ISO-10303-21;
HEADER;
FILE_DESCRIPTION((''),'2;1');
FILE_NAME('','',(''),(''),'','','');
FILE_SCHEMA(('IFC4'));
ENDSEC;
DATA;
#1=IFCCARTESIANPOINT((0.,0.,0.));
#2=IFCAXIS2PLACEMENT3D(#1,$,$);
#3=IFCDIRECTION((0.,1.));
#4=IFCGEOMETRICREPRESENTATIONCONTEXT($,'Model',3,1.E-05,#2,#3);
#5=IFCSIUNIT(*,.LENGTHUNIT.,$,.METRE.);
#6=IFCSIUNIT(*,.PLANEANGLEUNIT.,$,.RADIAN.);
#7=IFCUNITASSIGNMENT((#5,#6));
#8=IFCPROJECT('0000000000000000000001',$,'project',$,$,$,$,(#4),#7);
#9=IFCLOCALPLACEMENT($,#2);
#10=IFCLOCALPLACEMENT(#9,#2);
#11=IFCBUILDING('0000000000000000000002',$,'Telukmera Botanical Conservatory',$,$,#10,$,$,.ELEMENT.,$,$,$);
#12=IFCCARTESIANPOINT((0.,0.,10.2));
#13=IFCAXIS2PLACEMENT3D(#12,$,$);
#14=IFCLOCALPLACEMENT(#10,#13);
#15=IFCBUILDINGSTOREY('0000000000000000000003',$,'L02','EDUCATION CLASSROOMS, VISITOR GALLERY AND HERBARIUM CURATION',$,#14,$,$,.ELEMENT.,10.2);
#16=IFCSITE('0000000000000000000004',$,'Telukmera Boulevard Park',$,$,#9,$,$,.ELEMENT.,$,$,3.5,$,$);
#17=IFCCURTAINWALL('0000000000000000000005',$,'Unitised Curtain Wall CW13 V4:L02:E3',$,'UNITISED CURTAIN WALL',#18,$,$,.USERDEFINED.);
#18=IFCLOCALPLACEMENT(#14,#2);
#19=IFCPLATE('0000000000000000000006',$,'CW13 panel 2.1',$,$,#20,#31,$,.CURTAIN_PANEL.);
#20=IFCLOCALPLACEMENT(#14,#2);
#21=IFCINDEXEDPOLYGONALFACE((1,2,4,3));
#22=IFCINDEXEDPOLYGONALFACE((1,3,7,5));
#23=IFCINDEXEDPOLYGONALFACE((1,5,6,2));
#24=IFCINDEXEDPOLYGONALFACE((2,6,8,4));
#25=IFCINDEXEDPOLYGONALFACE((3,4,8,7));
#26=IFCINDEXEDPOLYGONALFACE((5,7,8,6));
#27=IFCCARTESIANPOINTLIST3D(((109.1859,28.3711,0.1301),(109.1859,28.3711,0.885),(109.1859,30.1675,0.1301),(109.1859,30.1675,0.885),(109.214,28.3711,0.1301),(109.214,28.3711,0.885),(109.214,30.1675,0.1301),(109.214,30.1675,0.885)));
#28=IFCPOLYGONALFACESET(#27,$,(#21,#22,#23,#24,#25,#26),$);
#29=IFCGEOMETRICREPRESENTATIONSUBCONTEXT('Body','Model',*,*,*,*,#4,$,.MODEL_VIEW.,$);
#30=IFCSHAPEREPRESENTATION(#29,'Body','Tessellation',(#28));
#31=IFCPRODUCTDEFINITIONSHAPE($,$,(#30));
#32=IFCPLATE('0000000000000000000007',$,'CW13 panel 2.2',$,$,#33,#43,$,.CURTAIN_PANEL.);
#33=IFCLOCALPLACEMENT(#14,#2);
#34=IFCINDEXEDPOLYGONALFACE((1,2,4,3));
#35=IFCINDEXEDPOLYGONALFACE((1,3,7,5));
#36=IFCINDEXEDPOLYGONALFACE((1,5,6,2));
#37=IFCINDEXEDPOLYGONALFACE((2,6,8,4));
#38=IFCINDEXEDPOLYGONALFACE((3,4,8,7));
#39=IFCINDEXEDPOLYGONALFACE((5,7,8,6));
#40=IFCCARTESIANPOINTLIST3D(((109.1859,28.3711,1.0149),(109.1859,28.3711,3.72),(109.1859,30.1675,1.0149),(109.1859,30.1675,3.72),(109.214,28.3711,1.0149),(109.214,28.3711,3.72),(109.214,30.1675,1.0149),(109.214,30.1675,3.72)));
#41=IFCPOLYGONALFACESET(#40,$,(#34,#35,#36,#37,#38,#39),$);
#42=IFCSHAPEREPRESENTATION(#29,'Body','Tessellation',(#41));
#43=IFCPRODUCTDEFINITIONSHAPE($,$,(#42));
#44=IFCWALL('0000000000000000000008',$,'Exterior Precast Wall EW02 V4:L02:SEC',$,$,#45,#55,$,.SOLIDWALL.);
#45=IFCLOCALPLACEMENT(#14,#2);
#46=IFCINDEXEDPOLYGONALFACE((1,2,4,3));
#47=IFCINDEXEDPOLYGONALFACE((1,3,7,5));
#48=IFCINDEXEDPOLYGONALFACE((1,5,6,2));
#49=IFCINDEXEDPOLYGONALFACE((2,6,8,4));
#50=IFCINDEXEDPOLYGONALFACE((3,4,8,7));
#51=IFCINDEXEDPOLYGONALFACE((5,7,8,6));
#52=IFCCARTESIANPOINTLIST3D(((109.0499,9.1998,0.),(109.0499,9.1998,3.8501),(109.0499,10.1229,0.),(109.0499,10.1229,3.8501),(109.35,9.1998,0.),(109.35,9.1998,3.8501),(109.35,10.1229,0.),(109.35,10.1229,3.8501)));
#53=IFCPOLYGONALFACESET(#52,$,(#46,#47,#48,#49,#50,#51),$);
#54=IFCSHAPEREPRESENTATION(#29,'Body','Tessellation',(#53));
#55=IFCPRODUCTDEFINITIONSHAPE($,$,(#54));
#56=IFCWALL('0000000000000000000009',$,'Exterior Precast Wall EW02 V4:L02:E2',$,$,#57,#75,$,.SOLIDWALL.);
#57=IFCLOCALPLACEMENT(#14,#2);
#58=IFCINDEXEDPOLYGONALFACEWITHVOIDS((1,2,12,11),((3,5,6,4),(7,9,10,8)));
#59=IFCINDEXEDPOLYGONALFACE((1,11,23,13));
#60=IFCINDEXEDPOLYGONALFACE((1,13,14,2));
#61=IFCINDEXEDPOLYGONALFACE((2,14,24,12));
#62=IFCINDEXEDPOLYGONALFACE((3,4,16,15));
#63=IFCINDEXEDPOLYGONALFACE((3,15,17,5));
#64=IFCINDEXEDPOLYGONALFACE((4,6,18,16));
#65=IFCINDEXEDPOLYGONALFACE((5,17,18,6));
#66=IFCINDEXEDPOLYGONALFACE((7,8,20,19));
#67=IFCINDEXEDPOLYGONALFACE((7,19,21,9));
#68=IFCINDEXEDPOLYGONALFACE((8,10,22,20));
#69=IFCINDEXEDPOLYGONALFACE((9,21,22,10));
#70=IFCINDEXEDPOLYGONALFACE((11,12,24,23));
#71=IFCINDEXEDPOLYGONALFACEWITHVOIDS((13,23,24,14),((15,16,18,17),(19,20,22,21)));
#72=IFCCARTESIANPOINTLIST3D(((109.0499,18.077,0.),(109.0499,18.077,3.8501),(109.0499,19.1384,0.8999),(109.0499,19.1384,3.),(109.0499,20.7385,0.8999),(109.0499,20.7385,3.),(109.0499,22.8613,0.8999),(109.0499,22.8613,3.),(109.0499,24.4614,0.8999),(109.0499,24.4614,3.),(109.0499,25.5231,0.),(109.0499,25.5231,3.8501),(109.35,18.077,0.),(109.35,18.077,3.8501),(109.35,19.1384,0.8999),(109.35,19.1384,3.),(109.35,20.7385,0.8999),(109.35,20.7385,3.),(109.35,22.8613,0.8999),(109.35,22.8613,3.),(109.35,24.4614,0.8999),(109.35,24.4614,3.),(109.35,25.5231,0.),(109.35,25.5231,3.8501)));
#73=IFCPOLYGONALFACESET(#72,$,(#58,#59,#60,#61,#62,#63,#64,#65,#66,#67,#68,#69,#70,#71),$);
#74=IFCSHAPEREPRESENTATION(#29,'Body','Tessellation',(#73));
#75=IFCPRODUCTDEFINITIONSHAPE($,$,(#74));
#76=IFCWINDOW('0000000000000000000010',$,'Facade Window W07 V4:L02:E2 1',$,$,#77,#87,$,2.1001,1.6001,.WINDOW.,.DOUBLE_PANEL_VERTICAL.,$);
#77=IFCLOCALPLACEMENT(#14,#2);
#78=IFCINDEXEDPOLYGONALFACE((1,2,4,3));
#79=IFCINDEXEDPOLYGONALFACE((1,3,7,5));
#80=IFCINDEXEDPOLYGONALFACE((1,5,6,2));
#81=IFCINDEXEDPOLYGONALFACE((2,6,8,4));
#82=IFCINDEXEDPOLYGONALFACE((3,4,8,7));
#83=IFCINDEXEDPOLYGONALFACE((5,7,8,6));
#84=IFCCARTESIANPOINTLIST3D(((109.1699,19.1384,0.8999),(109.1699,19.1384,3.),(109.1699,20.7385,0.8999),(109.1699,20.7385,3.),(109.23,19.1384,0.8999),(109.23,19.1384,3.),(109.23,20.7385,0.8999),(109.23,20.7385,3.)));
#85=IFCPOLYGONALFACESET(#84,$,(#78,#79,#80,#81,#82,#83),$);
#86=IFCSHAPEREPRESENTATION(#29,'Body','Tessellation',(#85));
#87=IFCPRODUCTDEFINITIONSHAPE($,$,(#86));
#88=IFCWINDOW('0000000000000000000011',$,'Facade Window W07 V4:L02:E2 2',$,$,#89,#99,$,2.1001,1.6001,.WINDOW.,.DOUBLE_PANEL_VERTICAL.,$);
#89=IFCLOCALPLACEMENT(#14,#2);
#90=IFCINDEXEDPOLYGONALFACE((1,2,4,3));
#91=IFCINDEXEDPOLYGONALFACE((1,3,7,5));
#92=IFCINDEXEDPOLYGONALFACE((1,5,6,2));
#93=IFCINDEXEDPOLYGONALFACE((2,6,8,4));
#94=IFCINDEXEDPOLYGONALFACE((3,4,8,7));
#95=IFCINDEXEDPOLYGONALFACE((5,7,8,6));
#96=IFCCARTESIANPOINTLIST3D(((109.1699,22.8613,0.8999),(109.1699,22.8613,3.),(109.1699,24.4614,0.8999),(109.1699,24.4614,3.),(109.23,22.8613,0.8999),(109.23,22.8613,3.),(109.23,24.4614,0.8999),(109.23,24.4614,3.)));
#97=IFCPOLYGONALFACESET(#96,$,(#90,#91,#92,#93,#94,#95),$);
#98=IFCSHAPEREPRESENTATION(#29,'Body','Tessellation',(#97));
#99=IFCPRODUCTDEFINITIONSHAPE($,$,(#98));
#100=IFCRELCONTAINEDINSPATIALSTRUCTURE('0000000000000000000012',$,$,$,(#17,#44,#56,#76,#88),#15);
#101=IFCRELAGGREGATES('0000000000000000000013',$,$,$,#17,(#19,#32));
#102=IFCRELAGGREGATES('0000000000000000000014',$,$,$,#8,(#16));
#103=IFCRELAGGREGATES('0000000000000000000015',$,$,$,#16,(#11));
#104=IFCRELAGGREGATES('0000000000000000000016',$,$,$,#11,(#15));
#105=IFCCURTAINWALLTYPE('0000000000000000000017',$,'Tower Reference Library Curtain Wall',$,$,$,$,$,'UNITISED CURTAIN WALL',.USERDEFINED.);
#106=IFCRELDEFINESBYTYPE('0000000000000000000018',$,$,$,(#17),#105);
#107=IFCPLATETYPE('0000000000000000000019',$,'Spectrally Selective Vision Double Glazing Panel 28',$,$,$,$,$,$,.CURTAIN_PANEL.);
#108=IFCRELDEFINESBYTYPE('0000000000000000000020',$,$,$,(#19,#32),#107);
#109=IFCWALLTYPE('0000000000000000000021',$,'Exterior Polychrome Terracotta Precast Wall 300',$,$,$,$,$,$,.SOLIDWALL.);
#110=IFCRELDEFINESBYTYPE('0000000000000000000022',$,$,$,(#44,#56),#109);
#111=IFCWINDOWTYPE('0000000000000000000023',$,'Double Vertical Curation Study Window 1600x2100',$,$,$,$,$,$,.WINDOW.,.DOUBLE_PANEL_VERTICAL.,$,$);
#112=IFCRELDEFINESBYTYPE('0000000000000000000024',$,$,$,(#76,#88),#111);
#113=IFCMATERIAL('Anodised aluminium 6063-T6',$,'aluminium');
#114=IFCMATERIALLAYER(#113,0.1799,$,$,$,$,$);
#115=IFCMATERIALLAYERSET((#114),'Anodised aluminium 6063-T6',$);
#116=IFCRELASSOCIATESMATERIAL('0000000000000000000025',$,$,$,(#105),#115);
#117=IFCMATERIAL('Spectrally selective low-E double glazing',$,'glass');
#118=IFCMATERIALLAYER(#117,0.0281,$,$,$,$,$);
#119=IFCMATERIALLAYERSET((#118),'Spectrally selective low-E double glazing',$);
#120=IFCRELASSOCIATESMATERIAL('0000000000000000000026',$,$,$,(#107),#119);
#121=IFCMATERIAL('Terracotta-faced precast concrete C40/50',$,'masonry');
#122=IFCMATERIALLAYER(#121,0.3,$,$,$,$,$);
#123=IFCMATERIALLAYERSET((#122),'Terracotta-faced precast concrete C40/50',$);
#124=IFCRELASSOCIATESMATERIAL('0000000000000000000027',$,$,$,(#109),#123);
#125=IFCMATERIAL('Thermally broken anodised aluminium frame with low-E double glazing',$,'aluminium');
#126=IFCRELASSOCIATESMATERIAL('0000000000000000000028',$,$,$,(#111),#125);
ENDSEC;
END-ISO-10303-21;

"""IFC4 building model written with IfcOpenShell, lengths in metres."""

from ifc_helpers import new_model, si_unit, direction, frame, frame_2d, origin, origin_2d, place, context, subcontext, project, spatial, rectangle, extrude, material, layer, layer_set, type_object, element, fill, aggregate, save


model = new_model("IFC4")

# Units and contexts
model_context = context("Model", 3, precision=1e-05, world=origin(), true_north=direction((0.0, 1.0)))
body_context = subcontext(model_context, "Body", "Model", "MODEL_VIEW")
ifc_project = project(units=[si_unit("LENGTHUNIT", "METRE"), si_unit("PLANEANGLEUNIT", "RADIAN")], contexts=[model_context])

# Site, building, storey
site_placement = place(None, origin())
site = spatial("IfcSite", under=ifc_project, at=site_placement, Name="Telukmera Boulevard Park", CompositionType="ELEMENT", RefElevation=3.5)
building_placement = place(site_placement, origin())
building = spatial("IfcBuilding", under=site, at=building_placement, Name="Telukmera Botanical Conservatory", CompositionType="ELEMENT")
storey_placement = place(building_placement, frame((0.0, 0.0, 10.2)))
storey = spatial("IfcBuildingStorey", under=building, at=storey_placement, Name="L02", Description="EDUCATION CLASSROOMS, VISITOR GALLERY AND HERBARIUM CURATION", CompositionType="ELEMENT", Elevation=10.2)

# Curtain wall
ifc_material_1 = material(Name="Anodised aluminium 6063-T6", Category="aluminium")
ifc_layer_1 = layer(ifc_material_1, 0.1799)
ifc_layer_set_1 = layer_set([ifc_layer_1], Name="Anodised aluminium 6063-T6")
curtain_wall_type = type_object("IfcCurtainWallType", Name="Tower Reference Library Curtain Wall", ElementType="UNITISED CURTAIN WALL", PredefinedType="USERDEFINED", material=ifc_layer_set_1)
curtain_wall_1_placement = place(storey_placement, origin())
curtain_wall_1 = element("IfcCurtainWall", 1, at=curtain_wall_1_placement, inside=storey, type_object=curtain_wall_type, Name="Unitised Curtain Wall CW13 V4:L02:E3", ObjectType="UNITISED CURTAIN WALL", PredefinedType="USERDEFINED")

# Plates
ifc_material_2 = material(Name="Spectrally selective low-E double glazing", Category="glass")
ifc_layer_2 = layer(ifc_material_2, 0.0281)
ifc_layer_set_2 = layer_set([ifc_layer_2], Name="Spectrally selective low-E double glazing")
plate_type = type_object("IfcPlateType", Name="Spectrally Selective Vision Double Glazing Panel 28", PredefinedType="CURTAIN_PANEL", material=ifc_layer_set_2)
plate_1_placement = place(storey_placement, frame((109.2, 29.2693, 0.1301), z_axis=(0.0, 0.0, 1.0), x_axis=(0.0, 1.0, 0.0)))
plate_1 = element("IfcPlate", 2, at=plate_1_placement, type_object=plate_type, Name="CW13 panel 2.1", PredefinedType="CURTAIN_PANEL", context=body_context, shape_type="SweptSolid", body=[
    extrude(rectangle(XDim=1.7964, YDim=0.0281, at=origin_2d()), origin(), (0.0, 0.0, 1.0), 0.7549),
])
plate_2_placement = place(storey_placement, frame((109.2, 29.2693, 1.0149), z_axis=(0.0, 0.0, 1.0), x_axis=(0.0, 1.0, 0.0)))
plate_2 = element("IfcPlate", 3, at=plate_2_placement, type_object=plate_type, Name="CW13 panel 2.2", PredefinedType="CURTAIN_PANEL", context=body_context, shape_type="SweptSolid", body=[
    extrude(rectangle(XDim=1.7964, YDim=0.0281, at=origin_2d()), origin(), (0.0, 0.0, 1.0), 2.7051),
])
aggregate(curtain_wall_1, [plate_1, plate_2])

# Wall
ifc_material_3 = material(Name="Terracotta-faced precast concrete C40/50", Category="masonry")
ifc_layer_3 = layer(ifc_material_3, 0.3)
ifc_layer_set_3 = layer_set([ifc_layer_3], Name="Terracotta-faced precast concrete C40/50")
wall_type = type_object("IfcWallType", Name="Exterior Polychrome Terracotta Precast Wall 300", PredefinedType="SOLIDWALL", material=ifc_layer_set_3)
wall_1_placement = place(storey_placement, frame((109.2, 9.2, 0.0), z_axis=(0.0, 0.0, 1.0), x_axis=(0.0, 1.0, 0.0)))
element("IfcWall", 4, at=wall_1_placement, inside=storey, type_object=wall_type, Name="Exterior Precast Wall EW02 V4:L02:SEC", PredefinedType="SOLIDWALL", context=body_context, shape_type="SweptSolid", body=[
    extrude(rectangle(XDim=0.9231, YDim=0.3, at=frame_2d((0.4614, 0.0))), origin(), (0.0, 0.0, 1.0), 3.8501),
])

# Wall, openings, windows
wall_2_placement = place(storey_placement, frame((109.2, 18.0769, 0.0), z_axis=(0.0, 0.0, 1.0), x_axis=(0.0, 1.0, 0.0)))
wall_2 = element("IfcWall", 5, at=wall_2_placement, inside=storey, type_object=wall_type, Name="Exterior Precast Wall EW02 V4:L02:E2", PredefinedType="SOLIDWALL", context=body_context, shape_type="SweptSolid", body=[
    extrude(rectangle(XDim=7.446, YDim=0.3, at=frame_2d((3.7231, 0.0))), origin(), (0.0, 0.0, 1.0), 3.8501),
])
opening_1_placement = place(wall_2_placement, frame((1.0615, 0.0, 0.8999)))
opening_1 = element("IfcOpeningElement", 6, at=opening_1_placement, cuts=wall_2, PredefinedType="OPENING", context=body_context, shape_type="SweptSolid", body=[
    extrude(rectangle(XDim=1.6001, YDim=2.1001, at=frame_2d((0.8, 1.05))), frame((0.0, 0.1599, 0.0), z_axis=(0.0, -1.0, 0.0), x_axis=(1.0, 0.0, 0.0)), (0.0, 0.0, 1.0), 0.3201),
])
opening_2_placement = place(wall_2_placement, frame((4.7844, 0.0, 0.8999)))
opening_2 = element("IfcOpeningElement", 7, at=opening_2_placement, cuts=wall_2, PredefinedType="OPENING", context=body_context, shape_type="SweptSolid", body=[
    extrude(rectangle(XDim=1.6001, YDim=2.1001, at=frame_2d((0.8, 1.05))), frame((0.0, 0.1599, 0.0), z_axis=(0.0, -1.0, 0.0), x_axis=(1.0, 0.0, 0.0)), (0.0, 0.0, 1.0), 0.3201),
])
ifc_material_4 = material(Name="Thermally broken anodised aluminium frame with low-E double glazing", Category="aluminium")
window_type = type_object("IfcWindowType", Name="Double Vertical Curation Study Window 1600x2100", PartitioningType="DOUBLE_PANEL_VERTICAL", PredefinedType="WINDOW", material=ifc_material_4)
window_1_placement = place(opening_1_placement, origin())
window_1 = element("IfcWindow", 8, at=window_1_placement, inside=storey, type_object=window_type, Name="Facade Window W07 V4:L02:E2 1", OverallHeight=2.1001, OverallWidth=1.6001, PartitioningType="DOUBLE_PANEL_VERTICAL", PredefinedType="WINDOW", context=body_context, shape_type="SweptSolid", body=[
    extrude(rectangle(XDim=1.6001, YDim=2.1001, at=frame_2d((0.8, 1.05))), frame((0.0, 0.03, 0.0), z_axis=(0.0, -1.0, 0.0), x_axis=(1.0, 0.0, 0.0)), (0.0, 0.0, 1.0), 0.0601),
])
fill(opening_1, window_1)
window_2_placement = place(opening_2_placement, origin())
window_2 = element("IfcWindow", 9, at=window_2_placement, inside=storey, type_object=window_type, Name="Facade Window W07 V4:L02:E2 2", OverallHeight=2.1001, OverallWidth=1.6001, PartitioningType="DOUBLE_PANEL_VERTICAL", PredefinedType="WINDOW", context=body_context, shape_type="SweptSolid", body=[
    extrude(rectangle(XDim=1.6001, YDim=2.1001, at=frame_2d((0.8, 1.05))), frame((0.0, 0.03, 0.0), z_axis=(0.0, -1.0, 0.0), x_axis=(1.0, 0.0, 0.0)), (0.0, 0.0, 1.0), 0.0601),
])
fill(opening_2, window_2)

save(model, "model.ifc")
